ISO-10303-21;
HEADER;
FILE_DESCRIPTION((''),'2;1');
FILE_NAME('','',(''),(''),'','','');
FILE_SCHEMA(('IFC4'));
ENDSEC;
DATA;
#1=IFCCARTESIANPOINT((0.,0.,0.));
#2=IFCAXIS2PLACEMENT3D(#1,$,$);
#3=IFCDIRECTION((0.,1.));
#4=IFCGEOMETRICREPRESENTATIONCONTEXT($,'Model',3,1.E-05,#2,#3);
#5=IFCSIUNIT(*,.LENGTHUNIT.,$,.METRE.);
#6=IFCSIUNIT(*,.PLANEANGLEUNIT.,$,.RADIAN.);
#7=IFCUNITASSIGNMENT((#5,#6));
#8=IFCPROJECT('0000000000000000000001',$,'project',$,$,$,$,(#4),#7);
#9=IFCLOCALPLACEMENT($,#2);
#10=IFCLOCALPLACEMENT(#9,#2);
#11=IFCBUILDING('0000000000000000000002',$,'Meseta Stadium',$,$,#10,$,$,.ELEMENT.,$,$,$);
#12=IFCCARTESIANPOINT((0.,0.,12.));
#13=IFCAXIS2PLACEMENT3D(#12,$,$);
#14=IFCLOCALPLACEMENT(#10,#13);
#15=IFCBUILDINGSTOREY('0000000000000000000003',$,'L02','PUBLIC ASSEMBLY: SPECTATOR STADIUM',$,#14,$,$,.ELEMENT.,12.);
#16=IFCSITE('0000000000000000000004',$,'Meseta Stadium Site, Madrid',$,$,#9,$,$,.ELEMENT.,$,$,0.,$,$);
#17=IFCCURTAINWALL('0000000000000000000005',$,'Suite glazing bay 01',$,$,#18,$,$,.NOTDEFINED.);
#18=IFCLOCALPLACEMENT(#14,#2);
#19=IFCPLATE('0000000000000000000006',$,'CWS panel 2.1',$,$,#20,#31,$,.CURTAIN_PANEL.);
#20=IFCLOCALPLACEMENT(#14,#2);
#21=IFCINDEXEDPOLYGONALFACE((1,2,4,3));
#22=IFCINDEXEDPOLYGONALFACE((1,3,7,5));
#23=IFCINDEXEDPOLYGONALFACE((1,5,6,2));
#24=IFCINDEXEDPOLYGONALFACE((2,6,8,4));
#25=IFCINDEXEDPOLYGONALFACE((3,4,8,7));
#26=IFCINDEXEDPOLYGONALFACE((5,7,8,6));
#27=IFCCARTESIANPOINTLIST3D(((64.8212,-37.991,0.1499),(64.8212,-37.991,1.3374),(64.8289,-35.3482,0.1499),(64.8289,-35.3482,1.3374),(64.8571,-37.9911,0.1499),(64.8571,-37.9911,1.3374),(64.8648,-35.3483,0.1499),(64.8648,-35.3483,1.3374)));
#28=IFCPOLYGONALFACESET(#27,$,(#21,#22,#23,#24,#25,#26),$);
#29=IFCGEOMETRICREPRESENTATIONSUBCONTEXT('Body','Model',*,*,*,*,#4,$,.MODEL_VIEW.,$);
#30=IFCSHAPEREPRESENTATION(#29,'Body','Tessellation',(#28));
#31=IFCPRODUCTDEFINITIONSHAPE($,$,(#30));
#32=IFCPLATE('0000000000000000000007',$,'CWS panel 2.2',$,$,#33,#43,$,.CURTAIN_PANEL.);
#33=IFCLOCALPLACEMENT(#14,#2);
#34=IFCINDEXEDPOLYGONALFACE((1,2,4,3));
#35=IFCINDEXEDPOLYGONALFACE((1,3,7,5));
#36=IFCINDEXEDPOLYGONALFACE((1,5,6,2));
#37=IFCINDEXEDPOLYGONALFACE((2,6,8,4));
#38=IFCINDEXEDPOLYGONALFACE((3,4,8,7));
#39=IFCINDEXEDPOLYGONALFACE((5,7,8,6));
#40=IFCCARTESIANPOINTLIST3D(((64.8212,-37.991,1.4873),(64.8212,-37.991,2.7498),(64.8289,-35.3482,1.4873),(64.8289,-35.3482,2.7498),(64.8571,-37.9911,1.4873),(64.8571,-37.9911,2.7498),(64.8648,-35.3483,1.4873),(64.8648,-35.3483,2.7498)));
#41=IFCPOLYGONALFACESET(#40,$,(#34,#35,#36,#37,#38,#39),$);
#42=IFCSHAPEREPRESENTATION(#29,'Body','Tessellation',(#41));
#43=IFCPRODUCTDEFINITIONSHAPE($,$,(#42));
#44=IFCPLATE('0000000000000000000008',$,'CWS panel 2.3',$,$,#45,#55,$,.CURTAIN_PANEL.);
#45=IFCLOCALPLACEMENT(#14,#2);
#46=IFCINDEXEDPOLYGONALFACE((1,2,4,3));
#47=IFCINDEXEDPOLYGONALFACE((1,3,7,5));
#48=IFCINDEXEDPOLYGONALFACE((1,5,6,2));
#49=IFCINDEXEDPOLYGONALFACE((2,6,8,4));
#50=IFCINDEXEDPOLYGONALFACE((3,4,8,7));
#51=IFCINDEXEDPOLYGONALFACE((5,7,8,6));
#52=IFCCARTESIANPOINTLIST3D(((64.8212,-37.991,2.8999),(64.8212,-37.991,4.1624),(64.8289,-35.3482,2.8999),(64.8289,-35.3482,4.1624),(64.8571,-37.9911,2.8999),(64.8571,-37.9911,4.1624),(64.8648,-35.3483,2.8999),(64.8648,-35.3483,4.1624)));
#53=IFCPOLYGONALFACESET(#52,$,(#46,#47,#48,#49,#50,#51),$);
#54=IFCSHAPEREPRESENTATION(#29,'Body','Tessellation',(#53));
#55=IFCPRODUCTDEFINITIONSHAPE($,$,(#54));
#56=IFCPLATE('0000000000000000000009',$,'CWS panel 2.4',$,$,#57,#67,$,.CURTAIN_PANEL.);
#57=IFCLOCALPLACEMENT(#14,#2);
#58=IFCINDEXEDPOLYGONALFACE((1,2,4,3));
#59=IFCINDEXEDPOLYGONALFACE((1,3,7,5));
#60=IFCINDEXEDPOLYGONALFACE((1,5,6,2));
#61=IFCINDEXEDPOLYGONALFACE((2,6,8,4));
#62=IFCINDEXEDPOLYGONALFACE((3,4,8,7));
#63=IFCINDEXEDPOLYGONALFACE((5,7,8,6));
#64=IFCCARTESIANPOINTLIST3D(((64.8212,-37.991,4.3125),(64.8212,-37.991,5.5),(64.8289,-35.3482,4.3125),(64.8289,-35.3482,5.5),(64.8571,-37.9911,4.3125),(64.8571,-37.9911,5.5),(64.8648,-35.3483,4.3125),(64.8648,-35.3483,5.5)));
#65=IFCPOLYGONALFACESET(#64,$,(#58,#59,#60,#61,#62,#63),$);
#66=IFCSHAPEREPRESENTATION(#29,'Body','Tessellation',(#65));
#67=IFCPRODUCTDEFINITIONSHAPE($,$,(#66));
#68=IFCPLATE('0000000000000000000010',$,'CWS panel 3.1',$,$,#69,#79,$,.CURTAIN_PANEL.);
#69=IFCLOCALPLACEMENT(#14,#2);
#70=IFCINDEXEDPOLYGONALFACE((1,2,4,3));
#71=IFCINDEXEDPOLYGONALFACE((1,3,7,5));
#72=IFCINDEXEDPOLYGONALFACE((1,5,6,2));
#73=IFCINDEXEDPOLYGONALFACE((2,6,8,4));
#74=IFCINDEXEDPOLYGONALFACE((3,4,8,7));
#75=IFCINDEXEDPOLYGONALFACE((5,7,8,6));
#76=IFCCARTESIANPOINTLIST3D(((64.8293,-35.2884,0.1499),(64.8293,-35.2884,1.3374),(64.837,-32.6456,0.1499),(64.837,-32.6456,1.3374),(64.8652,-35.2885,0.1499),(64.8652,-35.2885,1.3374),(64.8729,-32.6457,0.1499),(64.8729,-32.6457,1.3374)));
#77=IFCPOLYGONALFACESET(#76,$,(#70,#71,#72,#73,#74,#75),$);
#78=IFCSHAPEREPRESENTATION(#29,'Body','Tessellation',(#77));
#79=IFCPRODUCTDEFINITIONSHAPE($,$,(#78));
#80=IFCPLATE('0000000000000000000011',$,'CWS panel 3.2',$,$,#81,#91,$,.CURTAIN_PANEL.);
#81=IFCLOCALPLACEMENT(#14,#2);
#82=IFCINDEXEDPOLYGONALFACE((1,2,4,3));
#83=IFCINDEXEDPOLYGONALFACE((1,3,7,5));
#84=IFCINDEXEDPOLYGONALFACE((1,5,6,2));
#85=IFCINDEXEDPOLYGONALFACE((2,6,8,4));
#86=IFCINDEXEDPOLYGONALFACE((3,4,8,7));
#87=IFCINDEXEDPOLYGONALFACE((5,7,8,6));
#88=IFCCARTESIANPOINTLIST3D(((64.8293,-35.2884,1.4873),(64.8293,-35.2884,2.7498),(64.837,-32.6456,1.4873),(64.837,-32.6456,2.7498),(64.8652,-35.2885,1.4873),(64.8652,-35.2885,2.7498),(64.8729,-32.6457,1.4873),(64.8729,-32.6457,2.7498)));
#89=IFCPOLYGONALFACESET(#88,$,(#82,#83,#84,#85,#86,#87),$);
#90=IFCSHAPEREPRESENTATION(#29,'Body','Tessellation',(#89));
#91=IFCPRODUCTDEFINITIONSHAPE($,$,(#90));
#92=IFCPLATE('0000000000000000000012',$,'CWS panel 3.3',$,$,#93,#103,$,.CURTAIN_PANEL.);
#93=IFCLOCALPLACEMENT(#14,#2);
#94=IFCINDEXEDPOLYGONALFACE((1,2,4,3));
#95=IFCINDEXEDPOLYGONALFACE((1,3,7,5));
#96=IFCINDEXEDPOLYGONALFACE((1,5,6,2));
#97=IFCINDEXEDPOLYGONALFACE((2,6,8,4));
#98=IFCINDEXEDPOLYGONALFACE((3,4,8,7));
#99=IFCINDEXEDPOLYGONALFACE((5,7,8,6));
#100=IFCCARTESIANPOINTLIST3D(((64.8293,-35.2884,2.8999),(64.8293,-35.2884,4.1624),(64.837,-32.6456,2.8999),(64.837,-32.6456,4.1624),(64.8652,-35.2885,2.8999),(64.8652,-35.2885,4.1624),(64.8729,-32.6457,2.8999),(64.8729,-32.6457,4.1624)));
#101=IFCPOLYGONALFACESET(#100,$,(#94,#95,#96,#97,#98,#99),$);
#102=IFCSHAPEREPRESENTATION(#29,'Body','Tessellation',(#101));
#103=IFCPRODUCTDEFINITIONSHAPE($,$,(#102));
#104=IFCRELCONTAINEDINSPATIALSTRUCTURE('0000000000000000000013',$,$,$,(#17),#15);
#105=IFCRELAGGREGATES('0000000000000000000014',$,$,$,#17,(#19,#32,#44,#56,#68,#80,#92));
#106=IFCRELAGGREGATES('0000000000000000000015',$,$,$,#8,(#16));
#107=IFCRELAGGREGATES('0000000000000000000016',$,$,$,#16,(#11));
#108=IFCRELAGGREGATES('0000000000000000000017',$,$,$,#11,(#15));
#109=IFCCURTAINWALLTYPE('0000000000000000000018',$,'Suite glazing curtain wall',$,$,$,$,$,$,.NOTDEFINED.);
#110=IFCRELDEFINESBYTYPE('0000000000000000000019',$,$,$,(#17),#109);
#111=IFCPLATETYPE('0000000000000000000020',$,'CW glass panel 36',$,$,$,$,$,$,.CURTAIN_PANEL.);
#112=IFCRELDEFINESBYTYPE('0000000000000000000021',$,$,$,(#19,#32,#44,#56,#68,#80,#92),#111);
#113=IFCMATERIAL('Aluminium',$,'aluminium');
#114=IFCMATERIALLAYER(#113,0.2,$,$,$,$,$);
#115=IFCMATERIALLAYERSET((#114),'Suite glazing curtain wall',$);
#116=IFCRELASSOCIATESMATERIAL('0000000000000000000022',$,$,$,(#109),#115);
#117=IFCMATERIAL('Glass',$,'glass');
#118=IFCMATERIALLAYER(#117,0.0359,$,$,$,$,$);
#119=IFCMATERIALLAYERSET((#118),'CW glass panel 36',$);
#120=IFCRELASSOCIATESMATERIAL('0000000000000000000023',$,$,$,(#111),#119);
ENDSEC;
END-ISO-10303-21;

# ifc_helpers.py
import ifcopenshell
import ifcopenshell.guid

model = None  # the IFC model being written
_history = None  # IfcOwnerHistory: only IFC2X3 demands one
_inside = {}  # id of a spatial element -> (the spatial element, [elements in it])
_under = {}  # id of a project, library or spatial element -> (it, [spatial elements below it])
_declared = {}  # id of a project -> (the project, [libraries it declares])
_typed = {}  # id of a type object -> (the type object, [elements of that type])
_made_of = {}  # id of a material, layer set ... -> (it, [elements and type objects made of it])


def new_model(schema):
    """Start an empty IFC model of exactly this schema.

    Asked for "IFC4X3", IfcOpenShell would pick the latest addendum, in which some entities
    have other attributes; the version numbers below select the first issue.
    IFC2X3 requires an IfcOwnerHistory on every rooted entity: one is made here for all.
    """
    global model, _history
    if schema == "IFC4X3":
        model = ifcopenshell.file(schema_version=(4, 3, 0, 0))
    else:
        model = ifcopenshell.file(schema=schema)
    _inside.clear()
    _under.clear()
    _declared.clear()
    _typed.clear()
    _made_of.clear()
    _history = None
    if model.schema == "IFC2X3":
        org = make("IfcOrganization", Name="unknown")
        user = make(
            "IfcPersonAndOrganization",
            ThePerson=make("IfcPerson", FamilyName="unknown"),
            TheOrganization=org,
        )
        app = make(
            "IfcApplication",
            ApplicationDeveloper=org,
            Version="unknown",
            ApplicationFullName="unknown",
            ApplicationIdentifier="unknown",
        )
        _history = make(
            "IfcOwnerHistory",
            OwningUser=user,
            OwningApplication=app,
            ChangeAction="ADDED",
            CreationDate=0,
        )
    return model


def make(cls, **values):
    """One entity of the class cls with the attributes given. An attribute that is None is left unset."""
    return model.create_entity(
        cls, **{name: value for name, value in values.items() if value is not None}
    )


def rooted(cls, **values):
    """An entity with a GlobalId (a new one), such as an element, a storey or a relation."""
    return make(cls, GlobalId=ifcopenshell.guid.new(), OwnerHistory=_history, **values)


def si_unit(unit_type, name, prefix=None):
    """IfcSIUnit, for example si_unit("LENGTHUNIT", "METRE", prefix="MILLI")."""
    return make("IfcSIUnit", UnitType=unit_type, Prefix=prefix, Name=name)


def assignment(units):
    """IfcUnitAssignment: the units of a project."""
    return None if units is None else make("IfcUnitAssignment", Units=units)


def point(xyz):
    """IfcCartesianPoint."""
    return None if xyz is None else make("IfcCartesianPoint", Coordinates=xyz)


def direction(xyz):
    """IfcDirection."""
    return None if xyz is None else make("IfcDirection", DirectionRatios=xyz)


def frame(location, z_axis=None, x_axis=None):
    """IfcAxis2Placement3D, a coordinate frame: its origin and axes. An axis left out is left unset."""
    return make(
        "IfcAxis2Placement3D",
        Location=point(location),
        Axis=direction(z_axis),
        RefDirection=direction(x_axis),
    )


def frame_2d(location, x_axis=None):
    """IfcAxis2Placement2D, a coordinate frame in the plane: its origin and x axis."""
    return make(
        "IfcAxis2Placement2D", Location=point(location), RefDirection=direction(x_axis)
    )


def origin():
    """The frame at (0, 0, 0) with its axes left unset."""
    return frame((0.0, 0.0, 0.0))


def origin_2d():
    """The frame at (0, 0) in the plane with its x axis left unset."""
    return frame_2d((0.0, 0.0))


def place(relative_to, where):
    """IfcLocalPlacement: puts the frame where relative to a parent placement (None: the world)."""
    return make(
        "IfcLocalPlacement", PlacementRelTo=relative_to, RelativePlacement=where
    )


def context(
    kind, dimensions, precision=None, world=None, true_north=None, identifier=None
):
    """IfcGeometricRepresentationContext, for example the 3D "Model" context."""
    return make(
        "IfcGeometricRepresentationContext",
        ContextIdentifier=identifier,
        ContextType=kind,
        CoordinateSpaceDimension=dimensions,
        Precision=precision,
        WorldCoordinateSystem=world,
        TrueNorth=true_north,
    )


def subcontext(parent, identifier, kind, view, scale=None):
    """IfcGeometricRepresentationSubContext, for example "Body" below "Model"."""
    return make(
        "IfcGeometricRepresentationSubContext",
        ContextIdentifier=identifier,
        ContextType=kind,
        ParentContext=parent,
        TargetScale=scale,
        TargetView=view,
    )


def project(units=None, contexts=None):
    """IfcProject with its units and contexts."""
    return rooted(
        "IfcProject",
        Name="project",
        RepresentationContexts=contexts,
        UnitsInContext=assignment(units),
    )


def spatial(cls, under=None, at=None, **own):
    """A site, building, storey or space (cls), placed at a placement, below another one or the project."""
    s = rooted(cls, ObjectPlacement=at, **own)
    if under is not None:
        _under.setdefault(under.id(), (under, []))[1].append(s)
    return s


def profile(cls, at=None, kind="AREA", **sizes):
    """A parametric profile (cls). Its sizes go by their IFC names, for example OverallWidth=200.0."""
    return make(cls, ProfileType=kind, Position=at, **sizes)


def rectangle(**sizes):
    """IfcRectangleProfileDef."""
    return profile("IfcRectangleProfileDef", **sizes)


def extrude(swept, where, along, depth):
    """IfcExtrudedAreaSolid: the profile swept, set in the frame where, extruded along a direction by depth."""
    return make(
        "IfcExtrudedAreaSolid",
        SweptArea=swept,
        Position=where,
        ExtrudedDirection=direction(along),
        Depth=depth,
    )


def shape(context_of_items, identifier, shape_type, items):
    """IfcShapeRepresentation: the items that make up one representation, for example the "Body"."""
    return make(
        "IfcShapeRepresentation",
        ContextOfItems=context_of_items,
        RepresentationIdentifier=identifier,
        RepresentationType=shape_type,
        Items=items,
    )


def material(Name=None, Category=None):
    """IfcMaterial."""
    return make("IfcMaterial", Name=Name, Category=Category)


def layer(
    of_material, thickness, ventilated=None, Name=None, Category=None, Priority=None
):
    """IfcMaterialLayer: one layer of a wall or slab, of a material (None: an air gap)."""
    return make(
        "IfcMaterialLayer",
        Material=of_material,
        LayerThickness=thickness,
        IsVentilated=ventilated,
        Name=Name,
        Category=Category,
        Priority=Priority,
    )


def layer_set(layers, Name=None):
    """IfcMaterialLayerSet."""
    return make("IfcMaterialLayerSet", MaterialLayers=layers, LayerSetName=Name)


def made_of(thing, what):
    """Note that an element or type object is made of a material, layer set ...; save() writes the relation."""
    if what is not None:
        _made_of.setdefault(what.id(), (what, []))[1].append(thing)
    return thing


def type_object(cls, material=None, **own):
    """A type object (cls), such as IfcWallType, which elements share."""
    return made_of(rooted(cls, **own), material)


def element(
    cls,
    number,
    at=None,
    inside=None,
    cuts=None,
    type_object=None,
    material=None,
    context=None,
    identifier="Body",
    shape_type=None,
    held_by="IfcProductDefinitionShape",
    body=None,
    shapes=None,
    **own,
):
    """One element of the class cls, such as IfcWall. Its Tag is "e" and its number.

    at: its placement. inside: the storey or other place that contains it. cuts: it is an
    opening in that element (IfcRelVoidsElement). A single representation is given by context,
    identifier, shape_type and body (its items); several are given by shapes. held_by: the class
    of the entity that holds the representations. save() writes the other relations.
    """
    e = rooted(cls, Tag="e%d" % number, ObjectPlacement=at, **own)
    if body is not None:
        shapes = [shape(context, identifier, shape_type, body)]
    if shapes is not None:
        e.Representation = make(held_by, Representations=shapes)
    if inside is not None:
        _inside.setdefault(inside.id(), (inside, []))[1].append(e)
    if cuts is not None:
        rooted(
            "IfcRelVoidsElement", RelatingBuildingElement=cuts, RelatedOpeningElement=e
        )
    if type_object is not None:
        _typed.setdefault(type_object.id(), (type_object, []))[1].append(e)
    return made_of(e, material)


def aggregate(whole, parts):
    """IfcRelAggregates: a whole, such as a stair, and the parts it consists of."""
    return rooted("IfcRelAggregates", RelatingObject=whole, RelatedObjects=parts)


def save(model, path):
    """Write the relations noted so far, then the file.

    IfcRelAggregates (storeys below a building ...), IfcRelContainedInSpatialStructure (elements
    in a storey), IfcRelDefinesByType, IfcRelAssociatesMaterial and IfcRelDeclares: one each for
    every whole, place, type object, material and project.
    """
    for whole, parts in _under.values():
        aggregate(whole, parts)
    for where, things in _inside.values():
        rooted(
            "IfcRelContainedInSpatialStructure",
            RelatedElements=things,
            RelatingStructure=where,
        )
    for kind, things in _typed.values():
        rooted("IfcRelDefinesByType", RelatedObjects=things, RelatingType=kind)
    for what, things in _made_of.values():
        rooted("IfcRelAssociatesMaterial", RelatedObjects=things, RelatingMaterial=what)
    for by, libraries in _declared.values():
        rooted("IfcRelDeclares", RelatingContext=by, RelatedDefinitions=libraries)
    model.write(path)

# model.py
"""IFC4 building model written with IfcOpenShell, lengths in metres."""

from ifc_helpers import new_model, si_unit, direction, frame, origin, origin_2d, place, context, subcontext, project, spatial, rectangle, extrude, material, layer, layer_set, type_object, element, aggregate, save


model = new_model("IFC4")

# Units and contexts
model_context = context("Model", 3, precision=1e-05, world=origin(), true_north=direction((0.0, 1.0)))
body_context = subcontext(model_context, "Body", "Model", "MODEL_VIEW")
ifc_project = project(units=[si_unit("LENGTHUNIT", "METRE"), si_unit("PLANEANGLEUNIT", "RADIAN")], contexts=[model_context])

# Site, building, storey
site_placement = place(None, origin())
site = spatial("IfcSite", under=ifc_project, at=site_placement, Name="Meseta Stadium Site, Madrid", CompositionType="ELEMENT", RefElevation=0.0)
building_placement = place(site_placement, origin())
building = spatial("IfcBuilding", under=site, at=building_placement, Name="Meseta Stadium", CompositionType="ELEMENT")
storey_placement = place(building_placement, frame((0.0, 0.0, 12.0)))
storey = spatial("IfcBuildingStorey", under=building, at=storey_placement, Name="L02", Description="PUBLIC ASSEMBLY: SPECTATOR STADIUM", CompositionType="ELEMENT", Elevation=12.0)

# Shared definitions
ifc_material_1 = material(Name="Aluminium", Category="aluminium")
ifc_layer_1 = layer(ifc_material_1, 0.2)
ifc_layer_set_1 = layer_set([ifc_layer_1], Name="Suite glazing curtain wall")
curtain_wall_type = type_object("IfcCurtainWallType", Name="Suite glazing curtain wall", PredefinedType="NOTDEFINED", material=ifc_layer_set_1)

# Curtain wall
curtain_wall_1_placement = place(storey_placement, origin())
curtain_wall_1 = element("IfcCurtainWall", 1, at=curtain_wall_1_placement, inside=storey, type_object=curtain_wall_type, Name="Suite glazing bay 01", PredefinedType="NOTDEFINED")

# Plates
ifc_material_2 = material(Name="Glass", Category="glass")
ifc_layer_2 = layer(ifc_material_2, 0.0359)
ifc_layer_set_2 = layer_set([ifc_layer_2], Name="CW glass panel 36")
plate_type = type_object("IfcPlateType", Name="CW glass panel 36", PredefinedType="CURTAIN_PANEL", material=ifc_layer_set_2)
plate_1_placement = place(storey_placement, frame((64.843, -36.6697, 0.1499), z_axis=(0.0, 0.0, 1.0), x_axis=(0.00291, 0.999996, 0.0)))
plate_1 = element("IfcPlate", 2, at=plate_1_placement, type_object=plate_type, Name="CWS panel 2.1", PredefinedType="CURTAIN_PANEL", context=body_context, shape_type="SweptSolid", body=[
    extrude(rectangle(XDim=2.6428, YDim=0.0359, at=origin_2d()), origin(), (0.0, 0.0, 1.0), 1.1875),
])
plate_2_placement = place(storey_placement, frame((64.843, -36.6697, 1.4873), z_axis=(0.0, 0.0, 1.0), x_axis=(0.00291, 0.999996, 0.0)))
plate_2 = element("IfcPlate", 3, at=plate_2_placement, type_object=plate_type, Name="CWS panel 2.2", PredefinedType="CURTAIN_PANEL", context=body_context, shape_type="SweptSolid", body=[
    extrude(rectangle(XDim=2.6428, YDim=0.0359, at=origin_2d()), origin(), (0.0, 0.0, 1.0), 1.2625),
])
plate_3_placement = place(storey_placement, frame((64.843, -36.6697, 2.8999), z_axis=(0.0, 0.0, 1.0), x_axis=(0.00291, 0.999996, 0.0)))
plate_3 = element("IfcPlate", 4, at=plate_3_placement, type_object=plate_type, Name="CWS panel 2.3", PredefinedType="CURTAIN_PANEL", context=body_context, shape_type="SweptSolid", body=[
    extrude(rectangle(XDim=2.6428, YDim=0.0359, at=origin_2d()), origin(), (0.0, 0.0, 1.0), 1.2625),
])
plate_4_placement = place(storey_placement, frame((64.843, -36.6697, 4.3125), z_axis=(0.0, 0.0, 1.0), x_axis=(0.00291, 0.999996, 0.0)))
plate_4 = element("IfcPlate", 5, at=plate_4_placement, type_object=plate_type, Name="CWS panel 2.4", PredefinedType="CURTAIN_PANEL", context=body_context, shape_type="SweptSolid", body=[
    extrude(rectangle(XDim=2.6428, YDim=0.0359, at=origin_2d()), origin(), (0.0, 0.0, 1.0), 1.1875),
])
plate_5_placement = place(storey_placement, frame((64.8511, -33.967, 0.1499), z_axis=(0.0, 0.0, 1.0), x_axis=(0.00291, 0.999996, 0.0)))
plate_5 = element("IfcPlate", 6, at=plate_5_placement, type_object=plate_type, Name="CWS panel 3.1", PredefinedType="CURTAIN_PANEL", context=body_context, shape_type="SweptSolid", body=[
    extrude(rectangle(XDim=2.6428, YDim=0.0359, at=origin_2d()), origin(), (0.0, 0.0, 1.0), 1.1875),
])
plate_6_placement = place(storey_placement, frame((64.8511, -33.967, 1.4873), z_axis=(0.0, 0.0, 1.0), x_axis=(0.00291, 0.999996, 0.0)))
plate_6 = element("IfcPlate", 7, at=plate_6_placement, type_object=plate_type, Name="CWS panel 3.2", PredefinedType="CURTAIN_PANEL", context=body_context, shape_type="SweptSolid", body=[
    extrude(rectangle(XDim=2.6428, YDim=0.0359, at=origin_2d()), origin(), (0.0, 0.0, 1.0), 1.2625),
])
plate_7_placement = place(storey_placement, frame((64.8511, -33.967, 2.8999), z_axis=(0.0, 0.0, 1.0), x_axis=(0.00291, 0.999996, 0.0)))
plate_7 = element("IfcPlate", 8, at=plate_7_placement, type_object=plate_type, Name="CWS panel 3.3", PredefinedType="CURTAIN_PANEL", context=body_context, shape_type="SweptSolid", body=[
    extrude(rectangle(XDim=2.6428, YDim=0.0359, at=origin_2d()), origin(), (0.0, 0.0, 1.0), 1.2625),
])
aggregate(curtain_wall_1, [plate_1, plate_2, plate_3, plate_4, plate_5, plate_6, plate_7])

save(model, "model.ifc")
